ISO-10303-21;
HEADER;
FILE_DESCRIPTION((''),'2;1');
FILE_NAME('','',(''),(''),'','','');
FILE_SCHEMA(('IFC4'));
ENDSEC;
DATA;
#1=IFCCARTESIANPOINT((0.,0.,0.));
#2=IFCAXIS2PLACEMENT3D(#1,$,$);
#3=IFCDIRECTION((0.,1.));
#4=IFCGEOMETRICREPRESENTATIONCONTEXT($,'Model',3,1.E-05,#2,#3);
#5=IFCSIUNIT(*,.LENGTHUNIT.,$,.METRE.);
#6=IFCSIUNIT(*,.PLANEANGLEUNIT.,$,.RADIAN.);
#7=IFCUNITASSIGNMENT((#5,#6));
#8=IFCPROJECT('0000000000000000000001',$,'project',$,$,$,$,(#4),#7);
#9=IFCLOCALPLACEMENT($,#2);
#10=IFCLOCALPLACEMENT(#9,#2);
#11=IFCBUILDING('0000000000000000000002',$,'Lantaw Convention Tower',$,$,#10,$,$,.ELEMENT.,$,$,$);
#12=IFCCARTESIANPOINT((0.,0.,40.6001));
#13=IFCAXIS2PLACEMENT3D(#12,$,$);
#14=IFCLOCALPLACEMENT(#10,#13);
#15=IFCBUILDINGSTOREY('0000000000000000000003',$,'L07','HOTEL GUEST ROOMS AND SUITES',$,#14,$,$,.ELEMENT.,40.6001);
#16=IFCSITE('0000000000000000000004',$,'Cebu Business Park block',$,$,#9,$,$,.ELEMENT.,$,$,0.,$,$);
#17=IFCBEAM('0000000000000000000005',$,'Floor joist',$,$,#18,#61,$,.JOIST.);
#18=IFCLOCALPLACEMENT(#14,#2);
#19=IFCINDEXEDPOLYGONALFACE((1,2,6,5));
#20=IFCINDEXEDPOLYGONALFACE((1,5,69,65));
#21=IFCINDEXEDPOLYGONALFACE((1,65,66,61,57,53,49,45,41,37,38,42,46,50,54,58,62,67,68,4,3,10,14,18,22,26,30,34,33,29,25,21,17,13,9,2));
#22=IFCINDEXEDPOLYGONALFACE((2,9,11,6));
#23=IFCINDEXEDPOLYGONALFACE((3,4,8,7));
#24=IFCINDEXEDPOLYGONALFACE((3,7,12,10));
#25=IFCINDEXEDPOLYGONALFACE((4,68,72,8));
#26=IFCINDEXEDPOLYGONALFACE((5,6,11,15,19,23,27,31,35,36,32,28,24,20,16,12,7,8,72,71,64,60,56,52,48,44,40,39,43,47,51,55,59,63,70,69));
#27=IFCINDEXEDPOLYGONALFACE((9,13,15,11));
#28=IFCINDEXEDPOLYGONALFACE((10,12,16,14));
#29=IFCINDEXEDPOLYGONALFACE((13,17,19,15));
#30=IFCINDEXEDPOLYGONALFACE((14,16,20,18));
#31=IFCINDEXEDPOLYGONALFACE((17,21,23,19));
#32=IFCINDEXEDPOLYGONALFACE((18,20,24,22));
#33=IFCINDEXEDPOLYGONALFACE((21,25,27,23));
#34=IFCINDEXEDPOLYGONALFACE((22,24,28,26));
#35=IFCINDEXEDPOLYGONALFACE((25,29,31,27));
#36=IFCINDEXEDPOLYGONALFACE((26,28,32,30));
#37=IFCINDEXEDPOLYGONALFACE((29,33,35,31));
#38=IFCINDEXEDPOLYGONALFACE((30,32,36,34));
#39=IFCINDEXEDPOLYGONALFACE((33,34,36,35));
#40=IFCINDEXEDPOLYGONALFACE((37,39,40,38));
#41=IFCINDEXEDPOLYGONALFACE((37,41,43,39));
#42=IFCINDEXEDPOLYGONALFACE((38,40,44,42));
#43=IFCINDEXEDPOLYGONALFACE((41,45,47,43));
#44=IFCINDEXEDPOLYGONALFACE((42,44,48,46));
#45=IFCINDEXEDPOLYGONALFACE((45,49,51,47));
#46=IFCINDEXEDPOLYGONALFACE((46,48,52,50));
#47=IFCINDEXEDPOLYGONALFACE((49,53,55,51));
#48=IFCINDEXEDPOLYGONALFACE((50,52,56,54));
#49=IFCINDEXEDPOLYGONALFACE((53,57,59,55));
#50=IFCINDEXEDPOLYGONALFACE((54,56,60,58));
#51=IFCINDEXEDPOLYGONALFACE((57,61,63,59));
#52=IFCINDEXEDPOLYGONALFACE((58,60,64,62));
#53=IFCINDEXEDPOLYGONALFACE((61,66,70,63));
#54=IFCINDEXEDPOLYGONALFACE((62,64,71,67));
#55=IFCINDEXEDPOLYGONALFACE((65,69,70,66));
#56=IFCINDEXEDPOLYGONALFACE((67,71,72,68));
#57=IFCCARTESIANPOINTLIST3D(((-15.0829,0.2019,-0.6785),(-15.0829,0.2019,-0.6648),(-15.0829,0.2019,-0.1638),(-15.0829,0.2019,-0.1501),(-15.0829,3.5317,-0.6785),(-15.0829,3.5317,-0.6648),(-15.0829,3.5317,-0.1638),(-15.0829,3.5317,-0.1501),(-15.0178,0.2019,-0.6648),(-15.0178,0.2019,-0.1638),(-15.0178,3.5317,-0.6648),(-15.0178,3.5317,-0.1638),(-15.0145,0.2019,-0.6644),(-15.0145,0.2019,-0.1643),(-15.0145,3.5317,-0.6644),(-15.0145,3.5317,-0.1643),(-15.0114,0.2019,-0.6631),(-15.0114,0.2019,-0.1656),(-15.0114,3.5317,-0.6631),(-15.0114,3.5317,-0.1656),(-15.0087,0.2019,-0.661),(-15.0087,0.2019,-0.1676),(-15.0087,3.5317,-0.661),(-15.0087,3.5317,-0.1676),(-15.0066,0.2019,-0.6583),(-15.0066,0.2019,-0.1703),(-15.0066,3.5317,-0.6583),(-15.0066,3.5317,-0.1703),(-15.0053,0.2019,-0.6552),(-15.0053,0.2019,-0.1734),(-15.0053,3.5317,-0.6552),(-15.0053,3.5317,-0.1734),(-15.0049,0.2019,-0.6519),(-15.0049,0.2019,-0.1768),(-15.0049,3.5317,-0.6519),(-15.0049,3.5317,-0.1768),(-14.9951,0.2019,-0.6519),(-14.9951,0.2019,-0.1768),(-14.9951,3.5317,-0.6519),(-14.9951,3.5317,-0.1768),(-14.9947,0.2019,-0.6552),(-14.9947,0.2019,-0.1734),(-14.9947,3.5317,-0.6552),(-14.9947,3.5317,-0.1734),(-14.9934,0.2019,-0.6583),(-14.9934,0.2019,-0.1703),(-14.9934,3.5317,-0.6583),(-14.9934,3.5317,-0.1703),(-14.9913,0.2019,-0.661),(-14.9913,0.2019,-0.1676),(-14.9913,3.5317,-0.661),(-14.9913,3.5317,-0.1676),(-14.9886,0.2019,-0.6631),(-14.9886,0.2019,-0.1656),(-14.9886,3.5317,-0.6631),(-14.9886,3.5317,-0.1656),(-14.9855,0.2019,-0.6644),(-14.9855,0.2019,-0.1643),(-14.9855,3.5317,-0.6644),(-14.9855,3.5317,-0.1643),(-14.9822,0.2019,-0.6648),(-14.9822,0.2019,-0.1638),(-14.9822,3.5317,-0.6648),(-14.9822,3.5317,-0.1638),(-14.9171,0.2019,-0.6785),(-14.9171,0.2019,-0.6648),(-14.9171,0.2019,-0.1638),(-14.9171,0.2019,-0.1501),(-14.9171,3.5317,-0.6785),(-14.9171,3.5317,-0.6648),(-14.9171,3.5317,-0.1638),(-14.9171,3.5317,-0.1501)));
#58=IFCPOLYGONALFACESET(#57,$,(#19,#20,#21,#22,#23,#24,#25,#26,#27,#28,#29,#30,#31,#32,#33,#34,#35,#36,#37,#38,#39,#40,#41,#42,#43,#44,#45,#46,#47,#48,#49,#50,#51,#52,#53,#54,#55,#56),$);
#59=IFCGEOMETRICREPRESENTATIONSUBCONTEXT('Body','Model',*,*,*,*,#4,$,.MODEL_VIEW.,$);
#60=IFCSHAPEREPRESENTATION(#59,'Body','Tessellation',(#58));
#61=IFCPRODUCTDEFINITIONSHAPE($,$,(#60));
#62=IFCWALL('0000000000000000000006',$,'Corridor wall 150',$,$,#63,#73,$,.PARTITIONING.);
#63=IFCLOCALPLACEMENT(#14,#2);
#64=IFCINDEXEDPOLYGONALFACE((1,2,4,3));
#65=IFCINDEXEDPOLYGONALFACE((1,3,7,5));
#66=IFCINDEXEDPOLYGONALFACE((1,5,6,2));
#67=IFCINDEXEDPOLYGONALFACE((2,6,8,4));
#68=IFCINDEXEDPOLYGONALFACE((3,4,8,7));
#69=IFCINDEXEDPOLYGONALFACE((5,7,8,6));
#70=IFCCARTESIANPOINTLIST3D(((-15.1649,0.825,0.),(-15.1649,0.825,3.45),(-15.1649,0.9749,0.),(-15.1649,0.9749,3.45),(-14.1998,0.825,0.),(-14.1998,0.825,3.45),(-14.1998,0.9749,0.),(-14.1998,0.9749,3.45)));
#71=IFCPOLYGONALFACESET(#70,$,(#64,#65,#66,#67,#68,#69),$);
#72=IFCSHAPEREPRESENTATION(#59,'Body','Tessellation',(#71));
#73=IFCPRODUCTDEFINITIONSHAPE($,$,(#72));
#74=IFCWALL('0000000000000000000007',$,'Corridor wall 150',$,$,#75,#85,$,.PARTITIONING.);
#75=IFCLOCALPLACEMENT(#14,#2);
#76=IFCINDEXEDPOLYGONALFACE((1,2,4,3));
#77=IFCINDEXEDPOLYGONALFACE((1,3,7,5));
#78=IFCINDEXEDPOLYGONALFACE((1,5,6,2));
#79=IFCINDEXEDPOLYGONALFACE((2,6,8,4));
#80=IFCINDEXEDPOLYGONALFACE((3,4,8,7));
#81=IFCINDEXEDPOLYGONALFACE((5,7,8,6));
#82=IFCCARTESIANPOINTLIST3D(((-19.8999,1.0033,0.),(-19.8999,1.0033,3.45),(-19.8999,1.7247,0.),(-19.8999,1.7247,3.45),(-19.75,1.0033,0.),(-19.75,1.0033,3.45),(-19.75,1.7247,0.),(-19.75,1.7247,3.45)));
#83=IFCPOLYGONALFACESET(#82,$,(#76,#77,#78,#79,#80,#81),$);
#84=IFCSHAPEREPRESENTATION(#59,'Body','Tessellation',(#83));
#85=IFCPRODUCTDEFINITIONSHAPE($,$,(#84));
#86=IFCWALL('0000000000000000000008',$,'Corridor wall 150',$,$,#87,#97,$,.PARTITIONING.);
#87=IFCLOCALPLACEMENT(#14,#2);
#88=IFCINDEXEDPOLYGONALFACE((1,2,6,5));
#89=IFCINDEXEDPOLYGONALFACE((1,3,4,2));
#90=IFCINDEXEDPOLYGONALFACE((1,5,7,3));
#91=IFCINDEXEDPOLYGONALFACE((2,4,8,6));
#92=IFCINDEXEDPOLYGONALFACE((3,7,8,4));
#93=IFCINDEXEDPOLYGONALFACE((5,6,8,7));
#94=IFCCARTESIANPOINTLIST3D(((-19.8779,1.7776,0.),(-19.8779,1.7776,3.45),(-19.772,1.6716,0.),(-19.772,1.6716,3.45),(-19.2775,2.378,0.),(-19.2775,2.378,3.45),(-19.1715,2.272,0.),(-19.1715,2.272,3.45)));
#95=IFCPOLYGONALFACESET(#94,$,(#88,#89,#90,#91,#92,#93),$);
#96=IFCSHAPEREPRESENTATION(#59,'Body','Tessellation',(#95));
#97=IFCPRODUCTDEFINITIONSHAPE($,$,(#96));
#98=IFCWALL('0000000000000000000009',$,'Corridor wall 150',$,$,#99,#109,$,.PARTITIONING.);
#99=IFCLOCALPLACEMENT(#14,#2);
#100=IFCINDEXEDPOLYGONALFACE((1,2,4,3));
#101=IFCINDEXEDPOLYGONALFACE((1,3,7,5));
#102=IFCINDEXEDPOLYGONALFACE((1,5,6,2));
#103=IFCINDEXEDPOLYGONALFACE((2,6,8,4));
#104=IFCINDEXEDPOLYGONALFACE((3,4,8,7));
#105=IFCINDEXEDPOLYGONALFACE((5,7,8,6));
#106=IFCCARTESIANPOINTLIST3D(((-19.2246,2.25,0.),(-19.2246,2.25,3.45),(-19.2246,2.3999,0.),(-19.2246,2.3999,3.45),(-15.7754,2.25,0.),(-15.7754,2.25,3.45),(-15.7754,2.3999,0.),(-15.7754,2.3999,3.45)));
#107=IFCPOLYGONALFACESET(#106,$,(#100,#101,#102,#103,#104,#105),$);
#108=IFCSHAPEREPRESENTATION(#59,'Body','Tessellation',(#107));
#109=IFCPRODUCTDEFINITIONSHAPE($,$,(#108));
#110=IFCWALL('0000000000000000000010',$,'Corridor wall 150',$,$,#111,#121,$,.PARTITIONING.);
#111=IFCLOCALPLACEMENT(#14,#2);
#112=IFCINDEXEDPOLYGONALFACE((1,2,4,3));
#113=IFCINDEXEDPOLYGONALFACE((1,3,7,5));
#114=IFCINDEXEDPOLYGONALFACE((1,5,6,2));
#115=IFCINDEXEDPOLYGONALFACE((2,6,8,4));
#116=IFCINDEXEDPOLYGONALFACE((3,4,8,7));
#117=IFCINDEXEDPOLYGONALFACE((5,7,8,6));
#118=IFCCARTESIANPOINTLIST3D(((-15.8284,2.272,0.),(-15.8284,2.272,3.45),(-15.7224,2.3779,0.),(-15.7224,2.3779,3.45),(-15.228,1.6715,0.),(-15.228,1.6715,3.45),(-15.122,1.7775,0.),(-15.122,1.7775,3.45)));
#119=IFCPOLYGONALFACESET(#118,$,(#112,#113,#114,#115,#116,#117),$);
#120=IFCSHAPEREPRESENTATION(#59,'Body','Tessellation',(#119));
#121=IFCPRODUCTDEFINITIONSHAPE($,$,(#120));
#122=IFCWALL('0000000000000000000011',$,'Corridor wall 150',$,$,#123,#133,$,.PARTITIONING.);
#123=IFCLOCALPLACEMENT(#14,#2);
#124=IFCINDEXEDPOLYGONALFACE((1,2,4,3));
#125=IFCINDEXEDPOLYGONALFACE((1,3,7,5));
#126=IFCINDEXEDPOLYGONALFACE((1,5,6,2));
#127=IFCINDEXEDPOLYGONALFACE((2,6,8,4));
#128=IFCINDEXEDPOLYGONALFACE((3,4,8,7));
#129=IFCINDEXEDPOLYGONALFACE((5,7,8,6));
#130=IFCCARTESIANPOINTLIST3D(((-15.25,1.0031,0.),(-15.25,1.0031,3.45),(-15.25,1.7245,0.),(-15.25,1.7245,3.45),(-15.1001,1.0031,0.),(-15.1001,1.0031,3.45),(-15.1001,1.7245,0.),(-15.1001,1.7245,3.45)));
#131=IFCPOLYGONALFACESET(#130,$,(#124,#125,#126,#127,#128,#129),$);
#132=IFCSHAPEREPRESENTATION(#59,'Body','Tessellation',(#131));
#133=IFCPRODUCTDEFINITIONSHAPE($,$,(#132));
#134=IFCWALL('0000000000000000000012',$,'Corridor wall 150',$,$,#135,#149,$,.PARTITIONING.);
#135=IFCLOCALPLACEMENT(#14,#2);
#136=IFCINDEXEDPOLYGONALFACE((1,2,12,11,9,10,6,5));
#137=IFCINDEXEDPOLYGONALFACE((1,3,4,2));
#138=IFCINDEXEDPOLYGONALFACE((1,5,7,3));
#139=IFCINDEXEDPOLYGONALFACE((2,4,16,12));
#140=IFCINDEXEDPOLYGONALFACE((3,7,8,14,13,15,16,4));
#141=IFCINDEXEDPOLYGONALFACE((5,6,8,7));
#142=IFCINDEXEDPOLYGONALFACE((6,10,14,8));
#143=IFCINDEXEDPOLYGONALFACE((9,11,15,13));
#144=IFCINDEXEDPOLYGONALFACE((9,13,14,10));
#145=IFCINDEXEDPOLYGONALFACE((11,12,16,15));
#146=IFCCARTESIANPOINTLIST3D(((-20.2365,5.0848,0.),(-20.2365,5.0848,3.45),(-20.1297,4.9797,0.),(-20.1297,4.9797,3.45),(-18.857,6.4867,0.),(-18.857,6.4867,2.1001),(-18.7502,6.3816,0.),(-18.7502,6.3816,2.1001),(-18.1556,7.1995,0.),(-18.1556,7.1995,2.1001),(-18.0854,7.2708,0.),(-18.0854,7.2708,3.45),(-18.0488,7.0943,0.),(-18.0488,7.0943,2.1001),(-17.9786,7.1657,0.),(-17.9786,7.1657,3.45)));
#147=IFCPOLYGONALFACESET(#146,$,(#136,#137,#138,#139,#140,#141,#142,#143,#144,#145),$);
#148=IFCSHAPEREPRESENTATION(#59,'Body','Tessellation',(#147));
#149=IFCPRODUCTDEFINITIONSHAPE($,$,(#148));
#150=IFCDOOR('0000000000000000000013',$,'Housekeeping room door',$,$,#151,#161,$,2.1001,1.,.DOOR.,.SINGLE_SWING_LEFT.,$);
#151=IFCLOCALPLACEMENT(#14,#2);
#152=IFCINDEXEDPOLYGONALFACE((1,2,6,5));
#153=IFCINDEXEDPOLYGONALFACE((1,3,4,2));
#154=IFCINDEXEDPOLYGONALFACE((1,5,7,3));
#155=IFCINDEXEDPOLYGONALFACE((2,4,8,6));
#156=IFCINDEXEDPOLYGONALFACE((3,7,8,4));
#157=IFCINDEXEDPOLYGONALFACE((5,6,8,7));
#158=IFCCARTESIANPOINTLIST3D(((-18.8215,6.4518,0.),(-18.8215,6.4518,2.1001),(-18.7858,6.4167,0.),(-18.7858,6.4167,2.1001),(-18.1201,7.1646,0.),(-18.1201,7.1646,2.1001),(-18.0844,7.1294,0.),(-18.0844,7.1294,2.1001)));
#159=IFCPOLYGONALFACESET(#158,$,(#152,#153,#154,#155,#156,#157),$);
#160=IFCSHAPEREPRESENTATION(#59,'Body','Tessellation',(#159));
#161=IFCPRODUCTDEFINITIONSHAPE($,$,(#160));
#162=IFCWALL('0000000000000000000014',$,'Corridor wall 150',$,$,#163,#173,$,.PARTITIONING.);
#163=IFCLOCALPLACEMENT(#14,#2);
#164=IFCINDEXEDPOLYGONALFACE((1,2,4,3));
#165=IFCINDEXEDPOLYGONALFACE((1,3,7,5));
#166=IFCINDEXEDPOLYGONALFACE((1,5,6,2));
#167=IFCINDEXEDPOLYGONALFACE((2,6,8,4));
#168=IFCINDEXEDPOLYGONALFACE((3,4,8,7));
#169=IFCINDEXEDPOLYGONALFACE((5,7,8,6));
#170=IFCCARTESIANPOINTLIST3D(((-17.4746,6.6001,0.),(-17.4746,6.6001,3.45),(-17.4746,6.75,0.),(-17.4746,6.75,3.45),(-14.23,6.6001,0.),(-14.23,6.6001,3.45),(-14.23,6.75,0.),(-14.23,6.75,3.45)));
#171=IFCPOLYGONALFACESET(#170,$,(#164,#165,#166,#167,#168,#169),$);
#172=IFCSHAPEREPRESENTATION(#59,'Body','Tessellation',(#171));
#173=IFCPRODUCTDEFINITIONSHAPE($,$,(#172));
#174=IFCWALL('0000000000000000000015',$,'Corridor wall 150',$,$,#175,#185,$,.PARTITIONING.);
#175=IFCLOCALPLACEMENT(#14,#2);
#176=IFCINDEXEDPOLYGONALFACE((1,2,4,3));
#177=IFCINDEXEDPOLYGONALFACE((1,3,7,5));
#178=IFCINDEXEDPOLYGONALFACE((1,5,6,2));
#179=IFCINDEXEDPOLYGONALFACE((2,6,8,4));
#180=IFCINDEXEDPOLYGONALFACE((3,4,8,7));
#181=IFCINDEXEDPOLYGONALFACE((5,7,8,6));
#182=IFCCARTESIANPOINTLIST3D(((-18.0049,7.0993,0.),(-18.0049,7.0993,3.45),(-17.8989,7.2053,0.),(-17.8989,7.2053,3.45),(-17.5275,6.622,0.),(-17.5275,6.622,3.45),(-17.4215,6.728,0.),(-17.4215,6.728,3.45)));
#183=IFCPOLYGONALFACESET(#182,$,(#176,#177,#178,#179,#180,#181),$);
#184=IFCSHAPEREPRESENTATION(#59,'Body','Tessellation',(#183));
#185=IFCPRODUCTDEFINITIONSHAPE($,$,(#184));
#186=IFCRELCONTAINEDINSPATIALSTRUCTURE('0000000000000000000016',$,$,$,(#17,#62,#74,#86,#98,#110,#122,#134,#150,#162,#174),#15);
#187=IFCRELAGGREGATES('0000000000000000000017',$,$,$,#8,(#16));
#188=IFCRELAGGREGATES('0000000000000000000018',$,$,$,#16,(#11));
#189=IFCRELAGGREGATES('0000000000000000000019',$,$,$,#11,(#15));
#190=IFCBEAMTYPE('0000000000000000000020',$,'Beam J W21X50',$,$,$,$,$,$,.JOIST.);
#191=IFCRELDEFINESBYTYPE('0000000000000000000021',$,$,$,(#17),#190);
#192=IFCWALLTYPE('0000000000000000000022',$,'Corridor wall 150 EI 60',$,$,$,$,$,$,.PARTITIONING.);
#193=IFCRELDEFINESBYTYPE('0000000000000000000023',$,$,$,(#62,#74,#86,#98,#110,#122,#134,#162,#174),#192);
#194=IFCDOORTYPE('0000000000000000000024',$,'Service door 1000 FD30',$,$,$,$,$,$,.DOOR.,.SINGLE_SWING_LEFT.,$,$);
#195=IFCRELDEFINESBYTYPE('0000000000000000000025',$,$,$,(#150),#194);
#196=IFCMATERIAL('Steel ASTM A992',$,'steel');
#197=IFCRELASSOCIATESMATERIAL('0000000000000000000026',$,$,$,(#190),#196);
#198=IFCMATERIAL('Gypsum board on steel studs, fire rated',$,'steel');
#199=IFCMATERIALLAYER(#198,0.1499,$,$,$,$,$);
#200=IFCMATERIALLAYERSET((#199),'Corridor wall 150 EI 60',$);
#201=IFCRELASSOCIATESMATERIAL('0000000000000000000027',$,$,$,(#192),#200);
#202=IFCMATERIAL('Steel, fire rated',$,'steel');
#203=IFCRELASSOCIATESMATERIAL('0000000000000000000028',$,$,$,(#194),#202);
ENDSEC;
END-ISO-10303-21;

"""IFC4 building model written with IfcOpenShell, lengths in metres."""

from ifc_helpers import new_model, si_unit, direction, frame, frame_2d, origin, origin_2d, place, context, subcontext, project, spatial, rectangle, i_section, extrude, material, layer, layer_set, material_profile, profile_set, type_object, element, fill, save


model = new_model("IFC4")

# Units and contexts
model_context = context("Model", 3, precision=1e-05, world=origin(), true_north=direction((0.0, 1.0)))
body_context = subcontext(model_context, "Body", "Model", "MODEL_VIEW")
ifc_project = project(units=[si_unit("LENGTHUNIT", "METRE"), si_unit("PLANEANGLEUNIT", "RADIAN")], contexts=[model_context])

# Site, building, storey
site_placement = place(None, origin())
site = spatial("IfcSite", under=ifc_project, at=site_placement, Name="Cebu Business Park block", CompositionType="ELEMENT", RefElevation=0.0)
building_placement = place(site_placement, origin())
building = spatial("IfcBuilding", under=site, at=building_placement, Name="Lantaw Convention Tower", CompositionType="ELEMENT")
storey_placement = place(building_placement, frame((0.0, 0.0, 40.6001)))
storey = spatial("IfcBuildingStorey", under=building, at=storey_placement, Name="L07", Description="HOTEL GUEST ROOMS AND SUITES", CompositionType="ELEMENT", Elevation=40.6001)

# Beam
ifc_material_1 = material(Name="Steel ASTM A992", Category="steel")
ifc_material_profile_1 = material_profile(ifc_material_1, i_section(OverallWidth=0.1658, OverallDepth=0.5283, WebThickness=0.0098, FlangeThickness=0.0137, FilletRadius=0.0129, at=origin_2d()), Name="W21X50")
ifc_profile_set_1 = profile_set([ifc_material_profile_1], Name="Steel ASTM A992")
beam_type_1 = type_object("IfcBeamType", Name="Beam J W21X50", PredefinedType="JOIST", material=ifc_profile_set_1)
beam_1_placement = place(storey_placement, frame((-15.0, 0.2019, -0.4143), z_axis=(0.0, 1.0, 0.0), x_axis=(-1.0, 0.0, 0.0)))
element("IfcBeam", 1, at=beam_1_placement, inside=storey, type_object=beam_type_1, Name="Floor joist", PredefinedType="JOIST", context=body_context, shape_type="SweptSolid", body=[
    extrude(i_section(OverallWidth=0.1658, OverallDepth=0.5283, WebThickness=0.0098, FlangeThickness=0.0137, FilletRadius=0.0129, at=origin_2d()), origin(), (0.0, 0.0, 1.0), 3.3298),
])

# Walls
ifc_material_2 = material(Name="Gypsum board on steel studs, fire rated", Category="steel")
ifc_layer_1 = layer(ifc_material_2, 0.1499)
ifc_layer_set_1 = layer_set([ifc_layer_1], Name="Corridor wall 150 EI 60")
wall_type_1 = type_object("IfcWallType", Name="Corridor wall 150 EI 60", PredefinedType="PARTITIONING", material=ifc_layer_set_1)
wall_1_placement = place(storey_placement, frame((-14.2, 0.8999, 0.0), z_axis=(0.0, 0.0, 1.0), x_axis=(-1.0, 0.0, 0.0)))
element("IfcWall", 2, at=wall_1_placement, inside=storey, type_object=wall_type_1, Name="Corridor wall 150", PredefinedType="PARTITIONING", context=body_context, shape_type="SweptSolid", body=[
    extrude(rectangle(XDim=0.9651, YDim=0.1499, at=frame_2d((0.4824, 0.0))), origin(), (0.0, 0.0, 1.0), 3.45),
])
wall_2_placement = place(storey_placement, frame((-19.825, 1.0032, 0.0), z_axis=(0.0, 0.0, 1.0), x_axis=(0.0, 1.0, 0.0)))
element("IfcWall", 3, at=wall_2_placement, inside=storey, type_object=wall_type_1, Name="Corridor wall 150", PredefinedType="PARTITIONING", context=body_context, shape_type="SweptSolid", body=[
    extrude(rectangle(XDim=0.7214, YDim=0.1499, at=frame_2d((0.3608, 0.0))), origin(), (0.0, 0.0, 1.0), 3.45),
])
wall_3_placement = place(storey_placement, frame((-19.825, 1.7246, 0.0), z_axis=(0.0, 0.0, 1.0), x_axis=(0.707107, 0.707107, 0.0)))
element("IfcWall", 4, at=wall_3_placement, inside=storey, type_object=wall_type_1, Name="Corridor wall 150", PredefinedType="PARTITIONING", context=body_context, shape_type="SweptSolid", body=[
    extrude(rectangle(XDim=0.8491, YDim=0.1499, at=frame_2d((0.4246, 0.0))), origin(), (0.0, 0.0, 1.0), 3.45),
])
wall_4_placement = place(storey_placement, frame((-19.2246, 2.325, 0.0), z_axis=(0.0, 0.0, 1.0), x_axis=(1.0, 0.0, 0.0)))
element("IfcWall", 5, at=wall_4_placement, inside=storey, type_object=wall_type_1, Name="Corridor wall 150", PredefinedType="PARTITIONING", context=body_context, shape_type="SweptSolid", body=[
    extrude(rectangle(XDim=3.4492, YDim=0.1499, at=frame_2d((1.7246, 0.0))), origin(), (0.0, 0.0, 1.0), 3.45),
])
wall_5_placement = place(storey_placement, frame((-15.7754, 2.325, 0.0), z_axis=(0.0, 0.0, 1.0), x_axis=(0.707107, -0.707107, 0.0)))
element("IfcWall", 6, at=wall_5_placement, inside=storey, type_object=wall_type_1, Name="Corridor wall 150", PredefinedType="PARTITIONING", context=body_context, shape_type="SweptSolid", body=[
    extrude(rectangle(XDim=0.8491, YDim=0.1499, at=frame_2d((0.4246, 0.0))), origin(), (0.0, 0.0, 1.0), 3.45),
])
wall_6_placement = place(storey_placement, frame((-15.175, 1.7246, 0.0), z_axis=(0.0, 0.0, 1.0), x_axis=(0.0, -1.0, 0.0)))
element("IfcWall", 7, at=wall_6_placement, inside=storey, type_object=wall_type_1, Name="Corridor wall 150", PredefinedType="PARTITIONING", context=body_context, shape_type="SweptSolid", body=[
    extrude(rectangle(XDim=0.7214, YDim=0.1499, at=frame_2d((0.3608, 0.0))), origin(), (0.0, 0.0, 1.0), 3.45),
])

# Wall, opening, door
wall_7_placement = place(storey_placement, frame((-18.032, 7.2183, 0.0), z_axis=(0.0, 0.0, 1.0), x_axis=(-0.701392, -0.712776, 0.0)))
wall_7 = element("IfcWall", 8, at=wall_7_placement, inside=storey, type_object=wall_type_1, Name="Corridor wall 150", PredefinedType="PARTITIONING", context=body_context, shape_type="SweptSolid", body=[
    extrude(rectangle(XDim=3.0669, YDim=0.1499, at=frame_2d((1.5334, 0.0))), origin(), (0.0, 0.0, 1.0), 3.45),
])
opening_1_placement = place(wall_7_placement, frame((0.1001, 0.0, 0.0)))
opening_1 = element("IfcOpeningElement", 9, at=opening_1_placement, cuts=wall_7, PredefinedType="OPENING", context=body_context, shape_type="SweptSolid", body=[
    extrude(rectangle(XDim=1.0, YDim=2.1001, at=frame_2d((0.5, 1.05))), frame((0.0, 0.085, 0.0), z_axis=(0.0, -1.0, 0.0), x_axis=(1.0, 0.0, 0.0)), (0.0, 0.0, 1.0), 0.1699),
])
ifc_material_3 = material(Name="Steel, fire rated", Category="steel")
door_type_1 = type_object("IfcDoorType", Name="Service door 1000 FD30", OperationType="SINGLE_SWING_LEFT", PredefinedType="DOOR", material=ifc_material_3)
door_1_placement = place(opening_1_placement, origin())
door_1 = element("IfcDoor", 10, at=door_1_placement, inside=storey, type_object=door_type_1, Name="Housekeeping room door", OperationType="SINGLE_SWING_LEFT", OverallHeight=2.1001, OverallWidth=1.0, PredefinedType="DOOR", context=body_context, shape_type="SweptSolid", body=[
    extrude(rectangle(XDim=1.0, YDim=2.1001, at=frame_2d((0.5, 1.05))), frame((0.0, 0.0249, 0.0), z_axis=(0.0, -1.0, 0.0), x_axis=(1.0, 0.0, 0.0)), (0.0, 0.0, 1.0), 0.05),
])
fill(opening_1, door_1)

# Walls
wall_8_placement = place(storey_placement, frame((-14.23, 6.675, 0.0), z_axis=(0.0, 0.0, 1.0), x_axis=(-1.0, 0.0, 0.0)))
element("IfcWall", 11, at=wall_8_placement, inside=storey, type_object=wall_type_1, Name="Corridor wall 150", PredefinedType="PARTITIONING", context=body_context, shape_type="SweptSolid", body=[
    extrude(rectangle(XDim=3.2446, YDim=0.1499, at=frame_2d((1.6223, 0.0))), origin(), (0.0, 0.0, 1.0), 3.45),
])
wall_9_placement = place(storey_placement, frame((-17.4746, 6.675, 0.0), z_axis=(0.0, 0.0, 1.0), x_axis=(-0.707107, 0.707107, 0.0)))
element("IfcWall", 12, at=wall_9_placement, inside=storey, type_object=wall_type_1, Name="Corridor wall 150", PredefinedType="PARTITIONING", context=body_context, shape_type="SweptSolid", body=[
    extrude(rectangle(XDim=0.675, YDim=0.1499, at=frame_2d((0.3374, 0.0))), origin(), (0.0, 0.0, 1.0), 3.45),
])

save(model, "model.ifc")
